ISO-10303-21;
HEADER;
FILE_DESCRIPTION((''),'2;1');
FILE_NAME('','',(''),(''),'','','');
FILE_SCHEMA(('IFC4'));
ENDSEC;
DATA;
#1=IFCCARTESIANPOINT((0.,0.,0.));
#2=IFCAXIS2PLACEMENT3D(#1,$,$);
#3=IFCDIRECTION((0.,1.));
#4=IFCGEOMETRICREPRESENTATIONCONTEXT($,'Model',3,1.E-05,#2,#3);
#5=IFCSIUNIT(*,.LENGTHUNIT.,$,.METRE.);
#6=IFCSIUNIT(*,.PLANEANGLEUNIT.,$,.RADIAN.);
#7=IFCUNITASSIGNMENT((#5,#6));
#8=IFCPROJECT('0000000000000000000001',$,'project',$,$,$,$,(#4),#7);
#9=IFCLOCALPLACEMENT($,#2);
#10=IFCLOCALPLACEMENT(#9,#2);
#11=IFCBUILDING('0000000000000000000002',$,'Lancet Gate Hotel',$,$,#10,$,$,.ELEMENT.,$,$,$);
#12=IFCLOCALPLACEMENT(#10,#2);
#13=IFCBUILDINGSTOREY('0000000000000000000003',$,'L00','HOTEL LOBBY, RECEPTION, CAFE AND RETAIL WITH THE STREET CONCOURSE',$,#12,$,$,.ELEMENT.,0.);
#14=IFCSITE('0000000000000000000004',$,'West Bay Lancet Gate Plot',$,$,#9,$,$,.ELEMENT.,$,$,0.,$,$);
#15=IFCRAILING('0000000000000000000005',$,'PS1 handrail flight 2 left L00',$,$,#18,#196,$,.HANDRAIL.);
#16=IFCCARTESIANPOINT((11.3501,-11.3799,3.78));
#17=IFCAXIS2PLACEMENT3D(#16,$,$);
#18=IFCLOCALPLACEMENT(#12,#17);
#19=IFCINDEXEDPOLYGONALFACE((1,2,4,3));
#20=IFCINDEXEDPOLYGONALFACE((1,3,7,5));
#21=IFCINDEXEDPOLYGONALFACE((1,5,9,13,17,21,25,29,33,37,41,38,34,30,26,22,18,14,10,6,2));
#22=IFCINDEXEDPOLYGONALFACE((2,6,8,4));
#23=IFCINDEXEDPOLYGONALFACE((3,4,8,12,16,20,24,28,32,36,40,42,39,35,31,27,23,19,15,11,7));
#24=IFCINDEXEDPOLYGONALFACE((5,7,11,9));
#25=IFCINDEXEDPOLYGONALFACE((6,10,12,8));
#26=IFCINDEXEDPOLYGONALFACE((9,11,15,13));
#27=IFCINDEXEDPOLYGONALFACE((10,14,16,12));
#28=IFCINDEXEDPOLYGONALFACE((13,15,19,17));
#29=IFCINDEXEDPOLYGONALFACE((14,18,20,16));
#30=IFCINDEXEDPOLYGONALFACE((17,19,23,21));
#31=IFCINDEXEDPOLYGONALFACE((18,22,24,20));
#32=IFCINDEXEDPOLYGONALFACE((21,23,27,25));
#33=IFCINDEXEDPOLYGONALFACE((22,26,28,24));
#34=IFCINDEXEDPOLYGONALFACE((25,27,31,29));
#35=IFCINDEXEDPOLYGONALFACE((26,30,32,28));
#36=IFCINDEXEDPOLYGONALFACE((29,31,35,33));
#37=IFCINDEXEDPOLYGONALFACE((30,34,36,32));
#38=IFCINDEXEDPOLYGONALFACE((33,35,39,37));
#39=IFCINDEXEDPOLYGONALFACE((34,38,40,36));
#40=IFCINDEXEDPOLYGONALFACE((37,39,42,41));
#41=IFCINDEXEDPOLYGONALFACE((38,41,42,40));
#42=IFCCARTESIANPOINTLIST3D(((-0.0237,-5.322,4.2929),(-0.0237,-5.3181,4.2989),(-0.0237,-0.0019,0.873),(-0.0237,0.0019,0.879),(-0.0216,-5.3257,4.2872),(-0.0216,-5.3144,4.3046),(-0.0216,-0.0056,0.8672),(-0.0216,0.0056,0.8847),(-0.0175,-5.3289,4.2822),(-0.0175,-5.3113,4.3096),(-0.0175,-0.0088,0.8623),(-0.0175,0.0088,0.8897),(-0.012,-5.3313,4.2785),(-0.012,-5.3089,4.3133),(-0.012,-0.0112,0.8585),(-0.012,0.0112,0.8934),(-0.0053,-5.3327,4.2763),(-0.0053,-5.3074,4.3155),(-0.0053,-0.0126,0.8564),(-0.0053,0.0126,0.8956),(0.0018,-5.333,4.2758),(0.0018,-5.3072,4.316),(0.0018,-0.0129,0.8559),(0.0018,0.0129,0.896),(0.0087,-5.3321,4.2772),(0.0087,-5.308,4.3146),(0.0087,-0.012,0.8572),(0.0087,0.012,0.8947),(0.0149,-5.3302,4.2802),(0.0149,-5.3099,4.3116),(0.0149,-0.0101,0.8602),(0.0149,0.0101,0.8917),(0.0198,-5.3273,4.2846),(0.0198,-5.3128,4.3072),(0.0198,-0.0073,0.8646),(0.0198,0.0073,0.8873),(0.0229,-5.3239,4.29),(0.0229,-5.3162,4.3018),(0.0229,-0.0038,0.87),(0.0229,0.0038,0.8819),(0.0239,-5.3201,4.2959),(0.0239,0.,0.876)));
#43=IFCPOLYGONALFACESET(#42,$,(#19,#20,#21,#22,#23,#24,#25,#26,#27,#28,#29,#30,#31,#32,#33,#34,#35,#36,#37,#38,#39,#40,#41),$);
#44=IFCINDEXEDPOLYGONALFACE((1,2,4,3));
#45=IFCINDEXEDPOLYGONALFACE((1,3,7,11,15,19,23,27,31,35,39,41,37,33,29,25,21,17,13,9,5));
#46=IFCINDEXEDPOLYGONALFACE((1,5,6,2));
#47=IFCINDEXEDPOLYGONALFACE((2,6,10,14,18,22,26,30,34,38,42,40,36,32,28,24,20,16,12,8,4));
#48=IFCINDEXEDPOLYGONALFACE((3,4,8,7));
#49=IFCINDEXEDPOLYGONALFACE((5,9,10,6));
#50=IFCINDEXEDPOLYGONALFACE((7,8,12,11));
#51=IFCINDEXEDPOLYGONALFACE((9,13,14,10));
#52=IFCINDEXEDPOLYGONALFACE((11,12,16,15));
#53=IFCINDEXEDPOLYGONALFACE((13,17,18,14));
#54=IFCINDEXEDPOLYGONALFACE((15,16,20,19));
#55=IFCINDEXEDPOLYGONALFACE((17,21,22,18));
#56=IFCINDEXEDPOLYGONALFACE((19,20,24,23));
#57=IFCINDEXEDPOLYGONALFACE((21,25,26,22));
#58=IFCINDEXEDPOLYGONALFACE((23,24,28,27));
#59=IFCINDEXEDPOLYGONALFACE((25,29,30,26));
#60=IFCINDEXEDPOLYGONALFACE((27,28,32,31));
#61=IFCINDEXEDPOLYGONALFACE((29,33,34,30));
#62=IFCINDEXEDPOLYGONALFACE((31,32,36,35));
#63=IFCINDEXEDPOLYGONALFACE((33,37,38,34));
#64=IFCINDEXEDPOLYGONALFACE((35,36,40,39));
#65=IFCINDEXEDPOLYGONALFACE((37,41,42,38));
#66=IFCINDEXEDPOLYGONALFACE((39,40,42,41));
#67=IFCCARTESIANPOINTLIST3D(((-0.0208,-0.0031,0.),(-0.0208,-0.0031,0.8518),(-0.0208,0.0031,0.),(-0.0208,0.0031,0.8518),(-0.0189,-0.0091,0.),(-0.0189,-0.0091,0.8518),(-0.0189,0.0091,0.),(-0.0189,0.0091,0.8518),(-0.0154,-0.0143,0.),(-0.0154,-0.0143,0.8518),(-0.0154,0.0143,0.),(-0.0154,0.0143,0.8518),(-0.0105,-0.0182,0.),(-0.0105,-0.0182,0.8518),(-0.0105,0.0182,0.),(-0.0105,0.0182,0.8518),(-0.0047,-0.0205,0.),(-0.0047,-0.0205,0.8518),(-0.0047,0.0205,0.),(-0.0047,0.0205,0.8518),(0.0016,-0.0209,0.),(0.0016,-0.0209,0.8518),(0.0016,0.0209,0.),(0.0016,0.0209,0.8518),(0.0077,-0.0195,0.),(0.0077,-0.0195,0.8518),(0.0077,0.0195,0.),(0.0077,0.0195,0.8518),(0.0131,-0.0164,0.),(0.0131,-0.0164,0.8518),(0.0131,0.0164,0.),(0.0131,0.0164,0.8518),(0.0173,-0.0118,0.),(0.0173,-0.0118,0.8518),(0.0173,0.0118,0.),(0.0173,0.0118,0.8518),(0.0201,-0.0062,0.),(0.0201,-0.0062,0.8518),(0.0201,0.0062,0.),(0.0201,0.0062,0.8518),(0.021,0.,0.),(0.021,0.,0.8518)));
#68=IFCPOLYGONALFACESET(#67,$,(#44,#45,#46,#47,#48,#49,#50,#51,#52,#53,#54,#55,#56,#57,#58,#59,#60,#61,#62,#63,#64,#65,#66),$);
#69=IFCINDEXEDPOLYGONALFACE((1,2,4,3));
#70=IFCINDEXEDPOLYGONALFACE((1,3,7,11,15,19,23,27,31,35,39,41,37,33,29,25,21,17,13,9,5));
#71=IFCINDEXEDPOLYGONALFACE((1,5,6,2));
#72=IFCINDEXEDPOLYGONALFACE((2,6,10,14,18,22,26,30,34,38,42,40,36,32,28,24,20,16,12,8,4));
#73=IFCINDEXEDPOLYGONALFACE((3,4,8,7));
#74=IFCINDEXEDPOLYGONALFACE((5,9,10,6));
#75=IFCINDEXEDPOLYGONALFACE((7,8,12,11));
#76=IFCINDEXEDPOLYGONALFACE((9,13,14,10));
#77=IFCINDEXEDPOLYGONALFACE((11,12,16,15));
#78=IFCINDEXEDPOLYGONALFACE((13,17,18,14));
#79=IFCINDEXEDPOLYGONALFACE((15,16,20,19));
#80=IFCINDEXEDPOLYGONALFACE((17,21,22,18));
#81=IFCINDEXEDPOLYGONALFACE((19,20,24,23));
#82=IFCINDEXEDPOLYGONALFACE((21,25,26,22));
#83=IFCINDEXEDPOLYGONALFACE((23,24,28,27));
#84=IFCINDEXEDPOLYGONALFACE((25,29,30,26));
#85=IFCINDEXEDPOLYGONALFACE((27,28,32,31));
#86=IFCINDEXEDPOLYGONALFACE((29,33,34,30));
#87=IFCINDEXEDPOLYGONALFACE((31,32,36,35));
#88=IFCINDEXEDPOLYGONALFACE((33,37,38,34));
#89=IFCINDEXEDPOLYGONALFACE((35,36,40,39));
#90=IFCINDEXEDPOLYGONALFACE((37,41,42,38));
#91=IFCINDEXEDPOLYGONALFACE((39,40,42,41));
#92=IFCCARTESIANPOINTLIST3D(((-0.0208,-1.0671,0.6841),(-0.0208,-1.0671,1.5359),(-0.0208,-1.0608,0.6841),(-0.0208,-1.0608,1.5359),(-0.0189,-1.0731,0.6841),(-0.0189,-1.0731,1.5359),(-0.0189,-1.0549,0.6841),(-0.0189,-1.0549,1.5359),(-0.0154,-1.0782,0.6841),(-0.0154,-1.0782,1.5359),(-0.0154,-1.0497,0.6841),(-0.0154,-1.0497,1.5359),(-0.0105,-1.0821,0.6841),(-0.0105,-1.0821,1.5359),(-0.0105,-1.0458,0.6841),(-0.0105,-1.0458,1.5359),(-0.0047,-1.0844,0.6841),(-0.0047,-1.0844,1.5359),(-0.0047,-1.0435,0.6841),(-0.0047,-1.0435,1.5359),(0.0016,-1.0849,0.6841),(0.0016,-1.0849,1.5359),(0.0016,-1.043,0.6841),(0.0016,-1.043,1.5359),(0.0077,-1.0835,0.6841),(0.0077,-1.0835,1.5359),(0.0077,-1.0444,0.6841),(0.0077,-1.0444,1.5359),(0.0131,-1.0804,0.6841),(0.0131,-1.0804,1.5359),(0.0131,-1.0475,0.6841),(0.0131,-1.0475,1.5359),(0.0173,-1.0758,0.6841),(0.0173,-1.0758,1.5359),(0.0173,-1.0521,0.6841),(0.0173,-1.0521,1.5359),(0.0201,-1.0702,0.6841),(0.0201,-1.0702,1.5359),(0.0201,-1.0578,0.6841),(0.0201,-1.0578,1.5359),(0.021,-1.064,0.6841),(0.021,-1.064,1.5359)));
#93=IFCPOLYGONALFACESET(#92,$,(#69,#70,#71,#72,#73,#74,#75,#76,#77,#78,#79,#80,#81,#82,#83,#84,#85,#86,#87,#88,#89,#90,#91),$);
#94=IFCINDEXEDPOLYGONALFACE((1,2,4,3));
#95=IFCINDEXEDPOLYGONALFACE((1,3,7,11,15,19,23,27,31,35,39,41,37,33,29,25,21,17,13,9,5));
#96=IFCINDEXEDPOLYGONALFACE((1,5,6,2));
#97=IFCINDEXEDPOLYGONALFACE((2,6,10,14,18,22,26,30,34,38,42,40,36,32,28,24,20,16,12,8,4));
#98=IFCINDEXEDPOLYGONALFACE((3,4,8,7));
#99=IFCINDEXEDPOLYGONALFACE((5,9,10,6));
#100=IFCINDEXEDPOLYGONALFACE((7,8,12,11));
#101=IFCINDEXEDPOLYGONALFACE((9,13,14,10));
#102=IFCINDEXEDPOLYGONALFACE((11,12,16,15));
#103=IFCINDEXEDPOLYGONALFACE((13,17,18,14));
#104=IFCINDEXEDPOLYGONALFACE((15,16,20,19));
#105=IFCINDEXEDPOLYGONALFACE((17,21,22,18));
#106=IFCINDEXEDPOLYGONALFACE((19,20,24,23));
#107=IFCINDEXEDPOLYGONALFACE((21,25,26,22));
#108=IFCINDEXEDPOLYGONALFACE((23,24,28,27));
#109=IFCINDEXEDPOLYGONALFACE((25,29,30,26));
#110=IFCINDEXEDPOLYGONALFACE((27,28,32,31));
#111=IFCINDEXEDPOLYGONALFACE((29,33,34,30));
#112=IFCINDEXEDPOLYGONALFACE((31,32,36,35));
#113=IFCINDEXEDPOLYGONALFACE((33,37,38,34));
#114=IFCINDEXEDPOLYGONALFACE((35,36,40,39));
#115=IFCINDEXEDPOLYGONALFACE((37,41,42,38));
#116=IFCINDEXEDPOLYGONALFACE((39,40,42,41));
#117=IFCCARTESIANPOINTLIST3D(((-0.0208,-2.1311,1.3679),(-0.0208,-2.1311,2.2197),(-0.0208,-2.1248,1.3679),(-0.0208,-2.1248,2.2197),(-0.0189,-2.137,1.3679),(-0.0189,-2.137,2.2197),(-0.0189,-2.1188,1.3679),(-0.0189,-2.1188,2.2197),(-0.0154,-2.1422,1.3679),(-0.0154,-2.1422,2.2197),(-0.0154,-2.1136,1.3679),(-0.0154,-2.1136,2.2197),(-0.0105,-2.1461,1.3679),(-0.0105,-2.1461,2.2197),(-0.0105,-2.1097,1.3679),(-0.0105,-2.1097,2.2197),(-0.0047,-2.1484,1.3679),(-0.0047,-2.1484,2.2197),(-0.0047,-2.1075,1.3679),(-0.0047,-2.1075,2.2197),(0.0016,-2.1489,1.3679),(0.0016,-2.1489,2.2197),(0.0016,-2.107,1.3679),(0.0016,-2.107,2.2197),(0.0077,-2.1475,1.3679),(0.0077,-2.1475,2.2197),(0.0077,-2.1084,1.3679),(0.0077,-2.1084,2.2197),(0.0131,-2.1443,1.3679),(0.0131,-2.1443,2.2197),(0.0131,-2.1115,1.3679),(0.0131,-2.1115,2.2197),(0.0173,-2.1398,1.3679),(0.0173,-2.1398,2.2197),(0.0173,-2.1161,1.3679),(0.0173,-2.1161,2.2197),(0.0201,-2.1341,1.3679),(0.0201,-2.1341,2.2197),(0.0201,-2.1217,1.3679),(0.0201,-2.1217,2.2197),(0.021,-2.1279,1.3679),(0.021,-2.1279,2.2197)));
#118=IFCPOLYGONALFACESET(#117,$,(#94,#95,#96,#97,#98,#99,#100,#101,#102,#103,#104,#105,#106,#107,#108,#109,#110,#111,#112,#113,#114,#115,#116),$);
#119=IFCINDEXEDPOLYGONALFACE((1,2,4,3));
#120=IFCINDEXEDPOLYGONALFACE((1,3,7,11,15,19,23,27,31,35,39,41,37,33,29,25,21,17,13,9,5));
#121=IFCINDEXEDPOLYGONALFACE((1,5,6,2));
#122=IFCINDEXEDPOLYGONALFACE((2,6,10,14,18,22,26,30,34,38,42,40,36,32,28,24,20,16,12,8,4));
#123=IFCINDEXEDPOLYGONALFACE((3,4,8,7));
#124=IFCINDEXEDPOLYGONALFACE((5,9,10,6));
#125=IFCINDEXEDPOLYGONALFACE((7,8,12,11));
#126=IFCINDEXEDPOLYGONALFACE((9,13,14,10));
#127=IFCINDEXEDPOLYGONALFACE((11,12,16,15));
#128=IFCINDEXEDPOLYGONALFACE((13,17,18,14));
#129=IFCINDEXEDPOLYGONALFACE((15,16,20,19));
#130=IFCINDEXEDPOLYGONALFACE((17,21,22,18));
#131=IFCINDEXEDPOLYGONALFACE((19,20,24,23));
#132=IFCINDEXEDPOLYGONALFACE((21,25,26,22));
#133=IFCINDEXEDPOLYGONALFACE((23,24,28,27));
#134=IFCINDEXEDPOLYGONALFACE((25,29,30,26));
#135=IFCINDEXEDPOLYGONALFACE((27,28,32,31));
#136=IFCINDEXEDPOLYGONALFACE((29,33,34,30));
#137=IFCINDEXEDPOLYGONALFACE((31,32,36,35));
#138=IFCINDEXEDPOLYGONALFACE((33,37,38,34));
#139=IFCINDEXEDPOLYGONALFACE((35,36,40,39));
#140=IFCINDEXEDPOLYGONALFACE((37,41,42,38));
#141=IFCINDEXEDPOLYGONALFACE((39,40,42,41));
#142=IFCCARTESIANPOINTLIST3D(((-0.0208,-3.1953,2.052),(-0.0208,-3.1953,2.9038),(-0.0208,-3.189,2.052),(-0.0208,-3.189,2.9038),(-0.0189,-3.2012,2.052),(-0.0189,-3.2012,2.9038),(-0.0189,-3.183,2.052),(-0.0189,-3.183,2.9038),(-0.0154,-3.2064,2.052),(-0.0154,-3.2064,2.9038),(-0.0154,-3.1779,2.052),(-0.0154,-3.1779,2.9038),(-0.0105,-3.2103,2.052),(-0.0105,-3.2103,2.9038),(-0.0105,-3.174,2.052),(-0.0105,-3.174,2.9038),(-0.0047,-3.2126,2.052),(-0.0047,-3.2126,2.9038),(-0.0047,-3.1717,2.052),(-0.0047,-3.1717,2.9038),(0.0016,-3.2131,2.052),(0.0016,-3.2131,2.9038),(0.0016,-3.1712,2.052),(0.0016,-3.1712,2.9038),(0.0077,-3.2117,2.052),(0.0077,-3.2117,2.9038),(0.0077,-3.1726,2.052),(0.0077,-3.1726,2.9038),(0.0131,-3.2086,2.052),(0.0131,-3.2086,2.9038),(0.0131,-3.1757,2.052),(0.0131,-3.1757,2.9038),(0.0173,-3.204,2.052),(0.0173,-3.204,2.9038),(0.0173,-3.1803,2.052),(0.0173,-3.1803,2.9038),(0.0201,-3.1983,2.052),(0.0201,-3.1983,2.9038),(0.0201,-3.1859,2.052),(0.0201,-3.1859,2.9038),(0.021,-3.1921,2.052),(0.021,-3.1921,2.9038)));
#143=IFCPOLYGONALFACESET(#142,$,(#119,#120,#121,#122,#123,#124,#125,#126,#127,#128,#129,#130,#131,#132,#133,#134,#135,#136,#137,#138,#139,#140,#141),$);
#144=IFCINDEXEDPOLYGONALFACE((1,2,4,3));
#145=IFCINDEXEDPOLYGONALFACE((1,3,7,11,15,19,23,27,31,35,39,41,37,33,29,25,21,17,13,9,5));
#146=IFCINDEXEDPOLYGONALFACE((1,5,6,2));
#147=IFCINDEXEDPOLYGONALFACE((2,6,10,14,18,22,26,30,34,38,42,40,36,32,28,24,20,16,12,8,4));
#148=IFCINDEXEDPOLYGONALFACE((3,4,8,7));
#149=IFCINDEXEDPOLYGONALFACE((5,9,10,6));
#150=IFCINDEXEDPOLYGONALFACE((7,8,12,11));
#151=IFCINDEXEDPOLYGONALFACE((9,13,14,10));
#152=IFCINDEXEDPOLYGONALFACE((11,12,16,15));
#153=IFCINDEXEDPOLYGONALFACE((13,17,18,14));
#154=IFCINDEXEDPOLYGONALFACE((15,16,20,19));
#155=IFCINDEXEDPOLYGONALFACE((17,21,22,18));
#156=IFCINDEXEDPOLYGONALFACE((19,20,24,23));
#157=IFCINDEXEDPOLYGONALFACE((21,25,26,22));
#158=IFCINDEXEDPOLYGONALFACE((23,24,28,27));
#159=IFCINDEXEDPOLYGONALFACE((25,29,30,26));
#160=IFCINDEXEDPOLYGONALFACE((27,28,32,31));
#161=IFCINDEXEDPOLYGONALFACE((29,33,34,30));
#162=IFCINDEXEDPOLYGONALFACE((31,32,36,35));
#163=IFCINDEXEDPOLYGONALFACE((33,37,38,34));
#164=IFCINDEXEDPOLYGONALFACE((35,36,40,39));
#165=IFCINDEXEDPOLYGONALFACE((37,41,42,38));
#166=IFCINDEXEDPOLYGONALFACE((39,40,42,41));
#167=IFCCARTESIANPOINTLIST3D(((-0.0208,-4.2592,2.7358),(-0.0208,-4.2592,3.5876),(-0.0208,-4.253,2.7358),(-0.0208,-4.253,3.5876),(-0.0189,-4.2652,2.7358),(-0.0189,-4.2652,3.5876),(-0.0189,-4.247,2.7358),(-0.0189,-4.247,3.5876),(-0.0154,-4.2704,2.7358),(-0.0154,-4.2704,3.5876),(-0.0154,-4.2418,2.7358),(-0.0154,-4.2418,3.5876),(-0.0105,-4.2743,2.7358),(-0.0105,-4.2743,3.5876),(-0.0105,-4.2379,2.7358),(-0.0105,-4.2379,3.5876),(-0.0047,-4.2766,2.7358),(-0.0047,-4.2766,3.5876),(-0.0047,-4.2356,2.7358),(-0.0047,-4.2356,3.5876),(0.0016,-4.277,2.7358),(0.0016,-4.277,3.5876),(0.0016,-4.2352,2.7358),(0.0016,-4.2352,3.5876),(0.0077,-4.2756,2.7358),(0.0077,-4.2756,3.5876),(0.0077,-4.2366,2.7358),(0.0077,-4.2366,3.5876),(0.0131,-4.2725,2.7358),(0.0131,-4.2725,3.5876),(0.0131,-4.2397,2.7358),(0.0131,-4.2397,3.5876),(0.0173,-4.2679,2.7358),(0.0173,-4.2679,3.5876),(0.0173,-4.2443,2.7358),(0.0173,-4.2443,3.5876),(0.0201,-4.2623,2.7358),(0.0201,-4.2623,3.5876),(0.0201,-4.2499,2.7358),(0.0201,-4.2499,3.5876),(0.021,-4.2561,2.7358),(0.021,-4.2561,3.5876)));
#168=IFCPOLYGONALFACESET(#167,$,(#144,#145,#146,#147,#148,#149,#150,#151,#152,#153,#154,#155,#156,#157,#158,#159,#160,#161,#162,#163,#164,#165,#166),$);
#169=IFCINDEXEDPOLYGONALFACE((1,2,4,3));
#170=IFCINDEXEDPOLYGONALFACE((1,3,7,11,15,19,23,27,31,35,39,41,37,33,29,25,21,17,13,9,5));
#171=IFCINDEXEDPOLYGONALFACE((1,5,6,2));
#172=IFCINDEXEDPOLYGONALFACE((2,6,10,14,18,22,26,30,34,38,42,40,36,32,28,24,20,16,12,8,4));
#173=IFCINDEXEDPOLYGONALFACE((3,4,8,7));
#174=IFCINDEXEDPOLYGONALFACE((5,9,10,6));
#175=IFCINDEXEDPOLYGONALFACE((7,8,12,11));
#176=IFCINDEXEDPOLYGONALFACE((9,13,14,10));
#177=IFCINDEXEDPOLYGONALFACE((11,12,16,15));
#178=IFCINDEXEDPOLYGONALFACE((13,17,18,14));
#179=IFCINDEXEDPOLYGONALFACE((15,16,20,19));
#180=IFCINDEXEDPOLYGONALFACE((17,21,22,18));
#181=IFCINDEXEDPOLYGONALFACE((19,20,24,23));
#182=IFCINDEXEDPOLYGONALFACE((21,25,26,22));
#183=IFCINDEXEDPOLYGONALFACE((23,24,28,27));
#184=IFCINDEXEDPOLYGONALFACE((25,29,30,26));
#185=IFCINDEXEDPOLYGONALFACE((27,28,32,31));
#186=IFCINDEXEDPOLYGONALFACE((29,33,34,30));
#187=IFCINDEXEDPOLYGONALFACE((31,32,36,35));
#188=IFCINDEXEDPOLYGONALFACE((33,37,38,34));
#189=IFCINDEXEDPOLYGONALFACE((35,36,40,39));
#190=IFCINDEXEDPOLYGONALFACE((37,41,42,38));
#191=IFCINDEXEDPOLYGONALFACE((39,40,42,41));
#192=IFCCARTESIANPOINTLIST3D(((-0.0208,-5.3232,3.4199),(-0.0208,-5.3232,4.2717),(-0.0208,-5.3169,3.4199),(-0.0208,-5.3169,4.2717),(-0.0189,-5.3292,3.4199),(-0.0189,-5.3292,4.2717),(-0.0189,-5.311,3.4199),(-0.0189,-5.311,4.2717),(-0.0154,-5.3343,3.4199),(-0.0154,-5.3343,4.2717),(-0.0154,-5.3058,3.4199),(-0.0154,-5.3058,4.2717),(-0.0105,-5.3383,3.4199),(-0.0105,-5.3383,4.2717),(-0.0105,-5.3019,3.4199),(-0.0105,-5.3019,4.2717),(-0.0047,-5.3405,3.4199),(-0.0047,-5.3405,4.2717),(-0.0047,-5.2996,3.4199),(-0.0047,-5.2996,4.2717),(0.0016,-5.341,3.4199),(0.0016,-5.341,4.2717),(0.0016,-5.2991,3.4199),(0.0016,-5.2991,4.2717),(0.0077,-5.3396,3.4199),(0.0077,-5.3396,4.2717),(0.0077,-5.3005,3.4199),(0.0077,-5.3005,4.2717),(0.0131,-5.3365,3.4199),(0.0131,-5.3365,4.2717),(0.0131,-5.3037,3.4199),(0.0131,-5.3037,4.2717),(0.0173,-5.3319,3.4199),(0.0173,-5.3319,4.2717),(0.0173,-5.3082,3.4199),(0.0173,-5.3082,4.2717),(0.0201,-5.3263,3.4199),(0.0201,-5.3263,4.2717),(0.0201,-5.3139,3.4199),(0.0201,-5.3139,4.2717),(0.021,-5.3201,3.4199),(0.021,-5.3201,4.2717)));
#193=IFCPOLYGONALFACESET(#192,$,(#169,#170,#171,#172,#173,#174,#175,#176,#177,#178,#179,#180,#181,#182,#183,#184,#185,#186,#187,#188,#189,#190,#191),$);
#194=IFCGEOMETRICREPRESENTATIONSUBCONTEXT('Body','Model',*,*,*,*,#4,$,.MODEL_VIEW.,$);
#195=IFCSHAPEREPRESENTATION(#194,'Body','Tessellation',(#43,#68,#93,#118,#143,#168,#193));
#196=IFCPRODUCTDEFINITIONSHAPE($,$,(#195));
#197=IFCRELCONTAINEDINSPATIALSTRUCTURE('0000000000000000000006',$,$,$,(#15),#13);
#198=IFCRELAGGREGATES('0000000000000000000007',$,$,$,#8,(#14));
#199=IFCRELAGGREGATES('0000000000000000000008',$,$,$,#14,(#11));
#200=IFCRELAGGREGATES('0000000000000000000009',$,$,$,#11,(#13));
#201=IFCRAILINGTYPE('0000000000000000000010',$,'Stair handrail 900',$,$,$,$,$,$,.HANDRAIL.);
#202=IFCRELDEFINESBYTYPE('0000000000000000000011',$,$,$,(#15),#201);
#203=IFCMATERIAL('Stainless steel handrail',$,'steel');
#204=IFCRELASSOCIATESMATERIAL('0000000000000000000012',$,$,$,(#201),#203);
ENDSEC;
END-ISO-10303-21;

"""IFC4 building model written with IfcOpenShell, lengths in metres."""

from ifc_helpers import new_model, si_unit, direction, frame, origin, origin_2d, place, context, subcontext, project, spatial, circle, extrude, material, type_object, element, save


model = new_model("IFC4")

# Units and contexts
model_context = context("Model", 3, precision=1e-05, world=origin(), true_north=direction((0.0, 1.0)))
body_context = subcontext(model_context, "Body", "Model", "MODEL_VIEW")
ifc_project = project(units=[si_unit("LENGTHUNIT", "METRE"), si_unit("PLANEANGLEUNIT", "RADIAN")], contexts=[model_context])

# Site, building, storey
site_placement = place(None, origin())
site = spatial("IfcSite", under=ifc_project, at=site_placement, Name="West Bay Lancet Gate Plot", CompositionType="ELEMENT", RefElevation=0.0)
building_placement = place(site_placement, origin())
building = spatial("IfcBuilding", under=site, at=building_placement, Name="Lancet Gate Hotel", CompositionType="ELEMENT")
storey_placement = place(building_placement, origin())
storey = spatial("IfcBuildingStorey", under=building, at=storey_placement, Name="L00", Description="HOTEL LOBBY, RECEPTION, CAFE AND RETAIL WITH THE STREET CONCOURSE", CompositionType="ELEMENT", Elevation=0.0)

# Railing
ifc_material_1 = material(Name="Stainless steel handrail", Category="steel")
railing_type_1 = type_object("IfcRailingType", Name="Stair handrail 900", PredefinedType="HANDRAIL", material=ifc_material_1)
for number, where, name in (
    (1, (11.3501, -11.3799, 3.78), "PS1 handrail flight 2 left L00"),
):
    element("IfcRailing", number, at=place(storey_placement, frame(where)), inside=storey, type_object=railing_type_1, Name=name, PredefinedType="HANDRAIL", context=body_context, shape_type="SweptSolid", body=[
        extrude(circle(Radius=0.0239, at=origin_2d()), frame((0.0, 0.0, 0.876), z_axis=(0.0, -0.841187, 0.540744), x_axis=(1.0, 0.0, 0.0)), (0.0, 0.0, 1.0), 6.3245),
        extrude(circle(Radius=0.021, at=origin_2d()), origin(), (0.0, 0.0, 1.0), 0.8518),
        extrude(circle(Radius=0.021, at=origin_2d()), frame((0.0, -1.064, 0.6841)), (0.0, 0.0, 1.0), 0.8518),
        extrude(circle(Radius=0.021, at=origin_2d()), frame((0.0, -2.1279, 1.3679)), (0.0, 0.0, 1.0), 0.8518),
        extrude(circle(Radius=0.021, at=origin_2d()), frame((0.0, -3.1921, 2.052)), (0.0, 0.0, 1.0), 0.8518),
        extrude(circle(Radius=0.021, at=origin_2d()), frame((0.0, -4.2561, 2.7358)), (0.0, 0.0, 1.0), 0.8518),
        extrude(circle(Radius=0.021, at=origin_2d()), frame((0.0, -5.3201, 3.4199)), (0.0, 0.0, 1.0), 0.8518),
    ])

save(model, "model.ifc")
